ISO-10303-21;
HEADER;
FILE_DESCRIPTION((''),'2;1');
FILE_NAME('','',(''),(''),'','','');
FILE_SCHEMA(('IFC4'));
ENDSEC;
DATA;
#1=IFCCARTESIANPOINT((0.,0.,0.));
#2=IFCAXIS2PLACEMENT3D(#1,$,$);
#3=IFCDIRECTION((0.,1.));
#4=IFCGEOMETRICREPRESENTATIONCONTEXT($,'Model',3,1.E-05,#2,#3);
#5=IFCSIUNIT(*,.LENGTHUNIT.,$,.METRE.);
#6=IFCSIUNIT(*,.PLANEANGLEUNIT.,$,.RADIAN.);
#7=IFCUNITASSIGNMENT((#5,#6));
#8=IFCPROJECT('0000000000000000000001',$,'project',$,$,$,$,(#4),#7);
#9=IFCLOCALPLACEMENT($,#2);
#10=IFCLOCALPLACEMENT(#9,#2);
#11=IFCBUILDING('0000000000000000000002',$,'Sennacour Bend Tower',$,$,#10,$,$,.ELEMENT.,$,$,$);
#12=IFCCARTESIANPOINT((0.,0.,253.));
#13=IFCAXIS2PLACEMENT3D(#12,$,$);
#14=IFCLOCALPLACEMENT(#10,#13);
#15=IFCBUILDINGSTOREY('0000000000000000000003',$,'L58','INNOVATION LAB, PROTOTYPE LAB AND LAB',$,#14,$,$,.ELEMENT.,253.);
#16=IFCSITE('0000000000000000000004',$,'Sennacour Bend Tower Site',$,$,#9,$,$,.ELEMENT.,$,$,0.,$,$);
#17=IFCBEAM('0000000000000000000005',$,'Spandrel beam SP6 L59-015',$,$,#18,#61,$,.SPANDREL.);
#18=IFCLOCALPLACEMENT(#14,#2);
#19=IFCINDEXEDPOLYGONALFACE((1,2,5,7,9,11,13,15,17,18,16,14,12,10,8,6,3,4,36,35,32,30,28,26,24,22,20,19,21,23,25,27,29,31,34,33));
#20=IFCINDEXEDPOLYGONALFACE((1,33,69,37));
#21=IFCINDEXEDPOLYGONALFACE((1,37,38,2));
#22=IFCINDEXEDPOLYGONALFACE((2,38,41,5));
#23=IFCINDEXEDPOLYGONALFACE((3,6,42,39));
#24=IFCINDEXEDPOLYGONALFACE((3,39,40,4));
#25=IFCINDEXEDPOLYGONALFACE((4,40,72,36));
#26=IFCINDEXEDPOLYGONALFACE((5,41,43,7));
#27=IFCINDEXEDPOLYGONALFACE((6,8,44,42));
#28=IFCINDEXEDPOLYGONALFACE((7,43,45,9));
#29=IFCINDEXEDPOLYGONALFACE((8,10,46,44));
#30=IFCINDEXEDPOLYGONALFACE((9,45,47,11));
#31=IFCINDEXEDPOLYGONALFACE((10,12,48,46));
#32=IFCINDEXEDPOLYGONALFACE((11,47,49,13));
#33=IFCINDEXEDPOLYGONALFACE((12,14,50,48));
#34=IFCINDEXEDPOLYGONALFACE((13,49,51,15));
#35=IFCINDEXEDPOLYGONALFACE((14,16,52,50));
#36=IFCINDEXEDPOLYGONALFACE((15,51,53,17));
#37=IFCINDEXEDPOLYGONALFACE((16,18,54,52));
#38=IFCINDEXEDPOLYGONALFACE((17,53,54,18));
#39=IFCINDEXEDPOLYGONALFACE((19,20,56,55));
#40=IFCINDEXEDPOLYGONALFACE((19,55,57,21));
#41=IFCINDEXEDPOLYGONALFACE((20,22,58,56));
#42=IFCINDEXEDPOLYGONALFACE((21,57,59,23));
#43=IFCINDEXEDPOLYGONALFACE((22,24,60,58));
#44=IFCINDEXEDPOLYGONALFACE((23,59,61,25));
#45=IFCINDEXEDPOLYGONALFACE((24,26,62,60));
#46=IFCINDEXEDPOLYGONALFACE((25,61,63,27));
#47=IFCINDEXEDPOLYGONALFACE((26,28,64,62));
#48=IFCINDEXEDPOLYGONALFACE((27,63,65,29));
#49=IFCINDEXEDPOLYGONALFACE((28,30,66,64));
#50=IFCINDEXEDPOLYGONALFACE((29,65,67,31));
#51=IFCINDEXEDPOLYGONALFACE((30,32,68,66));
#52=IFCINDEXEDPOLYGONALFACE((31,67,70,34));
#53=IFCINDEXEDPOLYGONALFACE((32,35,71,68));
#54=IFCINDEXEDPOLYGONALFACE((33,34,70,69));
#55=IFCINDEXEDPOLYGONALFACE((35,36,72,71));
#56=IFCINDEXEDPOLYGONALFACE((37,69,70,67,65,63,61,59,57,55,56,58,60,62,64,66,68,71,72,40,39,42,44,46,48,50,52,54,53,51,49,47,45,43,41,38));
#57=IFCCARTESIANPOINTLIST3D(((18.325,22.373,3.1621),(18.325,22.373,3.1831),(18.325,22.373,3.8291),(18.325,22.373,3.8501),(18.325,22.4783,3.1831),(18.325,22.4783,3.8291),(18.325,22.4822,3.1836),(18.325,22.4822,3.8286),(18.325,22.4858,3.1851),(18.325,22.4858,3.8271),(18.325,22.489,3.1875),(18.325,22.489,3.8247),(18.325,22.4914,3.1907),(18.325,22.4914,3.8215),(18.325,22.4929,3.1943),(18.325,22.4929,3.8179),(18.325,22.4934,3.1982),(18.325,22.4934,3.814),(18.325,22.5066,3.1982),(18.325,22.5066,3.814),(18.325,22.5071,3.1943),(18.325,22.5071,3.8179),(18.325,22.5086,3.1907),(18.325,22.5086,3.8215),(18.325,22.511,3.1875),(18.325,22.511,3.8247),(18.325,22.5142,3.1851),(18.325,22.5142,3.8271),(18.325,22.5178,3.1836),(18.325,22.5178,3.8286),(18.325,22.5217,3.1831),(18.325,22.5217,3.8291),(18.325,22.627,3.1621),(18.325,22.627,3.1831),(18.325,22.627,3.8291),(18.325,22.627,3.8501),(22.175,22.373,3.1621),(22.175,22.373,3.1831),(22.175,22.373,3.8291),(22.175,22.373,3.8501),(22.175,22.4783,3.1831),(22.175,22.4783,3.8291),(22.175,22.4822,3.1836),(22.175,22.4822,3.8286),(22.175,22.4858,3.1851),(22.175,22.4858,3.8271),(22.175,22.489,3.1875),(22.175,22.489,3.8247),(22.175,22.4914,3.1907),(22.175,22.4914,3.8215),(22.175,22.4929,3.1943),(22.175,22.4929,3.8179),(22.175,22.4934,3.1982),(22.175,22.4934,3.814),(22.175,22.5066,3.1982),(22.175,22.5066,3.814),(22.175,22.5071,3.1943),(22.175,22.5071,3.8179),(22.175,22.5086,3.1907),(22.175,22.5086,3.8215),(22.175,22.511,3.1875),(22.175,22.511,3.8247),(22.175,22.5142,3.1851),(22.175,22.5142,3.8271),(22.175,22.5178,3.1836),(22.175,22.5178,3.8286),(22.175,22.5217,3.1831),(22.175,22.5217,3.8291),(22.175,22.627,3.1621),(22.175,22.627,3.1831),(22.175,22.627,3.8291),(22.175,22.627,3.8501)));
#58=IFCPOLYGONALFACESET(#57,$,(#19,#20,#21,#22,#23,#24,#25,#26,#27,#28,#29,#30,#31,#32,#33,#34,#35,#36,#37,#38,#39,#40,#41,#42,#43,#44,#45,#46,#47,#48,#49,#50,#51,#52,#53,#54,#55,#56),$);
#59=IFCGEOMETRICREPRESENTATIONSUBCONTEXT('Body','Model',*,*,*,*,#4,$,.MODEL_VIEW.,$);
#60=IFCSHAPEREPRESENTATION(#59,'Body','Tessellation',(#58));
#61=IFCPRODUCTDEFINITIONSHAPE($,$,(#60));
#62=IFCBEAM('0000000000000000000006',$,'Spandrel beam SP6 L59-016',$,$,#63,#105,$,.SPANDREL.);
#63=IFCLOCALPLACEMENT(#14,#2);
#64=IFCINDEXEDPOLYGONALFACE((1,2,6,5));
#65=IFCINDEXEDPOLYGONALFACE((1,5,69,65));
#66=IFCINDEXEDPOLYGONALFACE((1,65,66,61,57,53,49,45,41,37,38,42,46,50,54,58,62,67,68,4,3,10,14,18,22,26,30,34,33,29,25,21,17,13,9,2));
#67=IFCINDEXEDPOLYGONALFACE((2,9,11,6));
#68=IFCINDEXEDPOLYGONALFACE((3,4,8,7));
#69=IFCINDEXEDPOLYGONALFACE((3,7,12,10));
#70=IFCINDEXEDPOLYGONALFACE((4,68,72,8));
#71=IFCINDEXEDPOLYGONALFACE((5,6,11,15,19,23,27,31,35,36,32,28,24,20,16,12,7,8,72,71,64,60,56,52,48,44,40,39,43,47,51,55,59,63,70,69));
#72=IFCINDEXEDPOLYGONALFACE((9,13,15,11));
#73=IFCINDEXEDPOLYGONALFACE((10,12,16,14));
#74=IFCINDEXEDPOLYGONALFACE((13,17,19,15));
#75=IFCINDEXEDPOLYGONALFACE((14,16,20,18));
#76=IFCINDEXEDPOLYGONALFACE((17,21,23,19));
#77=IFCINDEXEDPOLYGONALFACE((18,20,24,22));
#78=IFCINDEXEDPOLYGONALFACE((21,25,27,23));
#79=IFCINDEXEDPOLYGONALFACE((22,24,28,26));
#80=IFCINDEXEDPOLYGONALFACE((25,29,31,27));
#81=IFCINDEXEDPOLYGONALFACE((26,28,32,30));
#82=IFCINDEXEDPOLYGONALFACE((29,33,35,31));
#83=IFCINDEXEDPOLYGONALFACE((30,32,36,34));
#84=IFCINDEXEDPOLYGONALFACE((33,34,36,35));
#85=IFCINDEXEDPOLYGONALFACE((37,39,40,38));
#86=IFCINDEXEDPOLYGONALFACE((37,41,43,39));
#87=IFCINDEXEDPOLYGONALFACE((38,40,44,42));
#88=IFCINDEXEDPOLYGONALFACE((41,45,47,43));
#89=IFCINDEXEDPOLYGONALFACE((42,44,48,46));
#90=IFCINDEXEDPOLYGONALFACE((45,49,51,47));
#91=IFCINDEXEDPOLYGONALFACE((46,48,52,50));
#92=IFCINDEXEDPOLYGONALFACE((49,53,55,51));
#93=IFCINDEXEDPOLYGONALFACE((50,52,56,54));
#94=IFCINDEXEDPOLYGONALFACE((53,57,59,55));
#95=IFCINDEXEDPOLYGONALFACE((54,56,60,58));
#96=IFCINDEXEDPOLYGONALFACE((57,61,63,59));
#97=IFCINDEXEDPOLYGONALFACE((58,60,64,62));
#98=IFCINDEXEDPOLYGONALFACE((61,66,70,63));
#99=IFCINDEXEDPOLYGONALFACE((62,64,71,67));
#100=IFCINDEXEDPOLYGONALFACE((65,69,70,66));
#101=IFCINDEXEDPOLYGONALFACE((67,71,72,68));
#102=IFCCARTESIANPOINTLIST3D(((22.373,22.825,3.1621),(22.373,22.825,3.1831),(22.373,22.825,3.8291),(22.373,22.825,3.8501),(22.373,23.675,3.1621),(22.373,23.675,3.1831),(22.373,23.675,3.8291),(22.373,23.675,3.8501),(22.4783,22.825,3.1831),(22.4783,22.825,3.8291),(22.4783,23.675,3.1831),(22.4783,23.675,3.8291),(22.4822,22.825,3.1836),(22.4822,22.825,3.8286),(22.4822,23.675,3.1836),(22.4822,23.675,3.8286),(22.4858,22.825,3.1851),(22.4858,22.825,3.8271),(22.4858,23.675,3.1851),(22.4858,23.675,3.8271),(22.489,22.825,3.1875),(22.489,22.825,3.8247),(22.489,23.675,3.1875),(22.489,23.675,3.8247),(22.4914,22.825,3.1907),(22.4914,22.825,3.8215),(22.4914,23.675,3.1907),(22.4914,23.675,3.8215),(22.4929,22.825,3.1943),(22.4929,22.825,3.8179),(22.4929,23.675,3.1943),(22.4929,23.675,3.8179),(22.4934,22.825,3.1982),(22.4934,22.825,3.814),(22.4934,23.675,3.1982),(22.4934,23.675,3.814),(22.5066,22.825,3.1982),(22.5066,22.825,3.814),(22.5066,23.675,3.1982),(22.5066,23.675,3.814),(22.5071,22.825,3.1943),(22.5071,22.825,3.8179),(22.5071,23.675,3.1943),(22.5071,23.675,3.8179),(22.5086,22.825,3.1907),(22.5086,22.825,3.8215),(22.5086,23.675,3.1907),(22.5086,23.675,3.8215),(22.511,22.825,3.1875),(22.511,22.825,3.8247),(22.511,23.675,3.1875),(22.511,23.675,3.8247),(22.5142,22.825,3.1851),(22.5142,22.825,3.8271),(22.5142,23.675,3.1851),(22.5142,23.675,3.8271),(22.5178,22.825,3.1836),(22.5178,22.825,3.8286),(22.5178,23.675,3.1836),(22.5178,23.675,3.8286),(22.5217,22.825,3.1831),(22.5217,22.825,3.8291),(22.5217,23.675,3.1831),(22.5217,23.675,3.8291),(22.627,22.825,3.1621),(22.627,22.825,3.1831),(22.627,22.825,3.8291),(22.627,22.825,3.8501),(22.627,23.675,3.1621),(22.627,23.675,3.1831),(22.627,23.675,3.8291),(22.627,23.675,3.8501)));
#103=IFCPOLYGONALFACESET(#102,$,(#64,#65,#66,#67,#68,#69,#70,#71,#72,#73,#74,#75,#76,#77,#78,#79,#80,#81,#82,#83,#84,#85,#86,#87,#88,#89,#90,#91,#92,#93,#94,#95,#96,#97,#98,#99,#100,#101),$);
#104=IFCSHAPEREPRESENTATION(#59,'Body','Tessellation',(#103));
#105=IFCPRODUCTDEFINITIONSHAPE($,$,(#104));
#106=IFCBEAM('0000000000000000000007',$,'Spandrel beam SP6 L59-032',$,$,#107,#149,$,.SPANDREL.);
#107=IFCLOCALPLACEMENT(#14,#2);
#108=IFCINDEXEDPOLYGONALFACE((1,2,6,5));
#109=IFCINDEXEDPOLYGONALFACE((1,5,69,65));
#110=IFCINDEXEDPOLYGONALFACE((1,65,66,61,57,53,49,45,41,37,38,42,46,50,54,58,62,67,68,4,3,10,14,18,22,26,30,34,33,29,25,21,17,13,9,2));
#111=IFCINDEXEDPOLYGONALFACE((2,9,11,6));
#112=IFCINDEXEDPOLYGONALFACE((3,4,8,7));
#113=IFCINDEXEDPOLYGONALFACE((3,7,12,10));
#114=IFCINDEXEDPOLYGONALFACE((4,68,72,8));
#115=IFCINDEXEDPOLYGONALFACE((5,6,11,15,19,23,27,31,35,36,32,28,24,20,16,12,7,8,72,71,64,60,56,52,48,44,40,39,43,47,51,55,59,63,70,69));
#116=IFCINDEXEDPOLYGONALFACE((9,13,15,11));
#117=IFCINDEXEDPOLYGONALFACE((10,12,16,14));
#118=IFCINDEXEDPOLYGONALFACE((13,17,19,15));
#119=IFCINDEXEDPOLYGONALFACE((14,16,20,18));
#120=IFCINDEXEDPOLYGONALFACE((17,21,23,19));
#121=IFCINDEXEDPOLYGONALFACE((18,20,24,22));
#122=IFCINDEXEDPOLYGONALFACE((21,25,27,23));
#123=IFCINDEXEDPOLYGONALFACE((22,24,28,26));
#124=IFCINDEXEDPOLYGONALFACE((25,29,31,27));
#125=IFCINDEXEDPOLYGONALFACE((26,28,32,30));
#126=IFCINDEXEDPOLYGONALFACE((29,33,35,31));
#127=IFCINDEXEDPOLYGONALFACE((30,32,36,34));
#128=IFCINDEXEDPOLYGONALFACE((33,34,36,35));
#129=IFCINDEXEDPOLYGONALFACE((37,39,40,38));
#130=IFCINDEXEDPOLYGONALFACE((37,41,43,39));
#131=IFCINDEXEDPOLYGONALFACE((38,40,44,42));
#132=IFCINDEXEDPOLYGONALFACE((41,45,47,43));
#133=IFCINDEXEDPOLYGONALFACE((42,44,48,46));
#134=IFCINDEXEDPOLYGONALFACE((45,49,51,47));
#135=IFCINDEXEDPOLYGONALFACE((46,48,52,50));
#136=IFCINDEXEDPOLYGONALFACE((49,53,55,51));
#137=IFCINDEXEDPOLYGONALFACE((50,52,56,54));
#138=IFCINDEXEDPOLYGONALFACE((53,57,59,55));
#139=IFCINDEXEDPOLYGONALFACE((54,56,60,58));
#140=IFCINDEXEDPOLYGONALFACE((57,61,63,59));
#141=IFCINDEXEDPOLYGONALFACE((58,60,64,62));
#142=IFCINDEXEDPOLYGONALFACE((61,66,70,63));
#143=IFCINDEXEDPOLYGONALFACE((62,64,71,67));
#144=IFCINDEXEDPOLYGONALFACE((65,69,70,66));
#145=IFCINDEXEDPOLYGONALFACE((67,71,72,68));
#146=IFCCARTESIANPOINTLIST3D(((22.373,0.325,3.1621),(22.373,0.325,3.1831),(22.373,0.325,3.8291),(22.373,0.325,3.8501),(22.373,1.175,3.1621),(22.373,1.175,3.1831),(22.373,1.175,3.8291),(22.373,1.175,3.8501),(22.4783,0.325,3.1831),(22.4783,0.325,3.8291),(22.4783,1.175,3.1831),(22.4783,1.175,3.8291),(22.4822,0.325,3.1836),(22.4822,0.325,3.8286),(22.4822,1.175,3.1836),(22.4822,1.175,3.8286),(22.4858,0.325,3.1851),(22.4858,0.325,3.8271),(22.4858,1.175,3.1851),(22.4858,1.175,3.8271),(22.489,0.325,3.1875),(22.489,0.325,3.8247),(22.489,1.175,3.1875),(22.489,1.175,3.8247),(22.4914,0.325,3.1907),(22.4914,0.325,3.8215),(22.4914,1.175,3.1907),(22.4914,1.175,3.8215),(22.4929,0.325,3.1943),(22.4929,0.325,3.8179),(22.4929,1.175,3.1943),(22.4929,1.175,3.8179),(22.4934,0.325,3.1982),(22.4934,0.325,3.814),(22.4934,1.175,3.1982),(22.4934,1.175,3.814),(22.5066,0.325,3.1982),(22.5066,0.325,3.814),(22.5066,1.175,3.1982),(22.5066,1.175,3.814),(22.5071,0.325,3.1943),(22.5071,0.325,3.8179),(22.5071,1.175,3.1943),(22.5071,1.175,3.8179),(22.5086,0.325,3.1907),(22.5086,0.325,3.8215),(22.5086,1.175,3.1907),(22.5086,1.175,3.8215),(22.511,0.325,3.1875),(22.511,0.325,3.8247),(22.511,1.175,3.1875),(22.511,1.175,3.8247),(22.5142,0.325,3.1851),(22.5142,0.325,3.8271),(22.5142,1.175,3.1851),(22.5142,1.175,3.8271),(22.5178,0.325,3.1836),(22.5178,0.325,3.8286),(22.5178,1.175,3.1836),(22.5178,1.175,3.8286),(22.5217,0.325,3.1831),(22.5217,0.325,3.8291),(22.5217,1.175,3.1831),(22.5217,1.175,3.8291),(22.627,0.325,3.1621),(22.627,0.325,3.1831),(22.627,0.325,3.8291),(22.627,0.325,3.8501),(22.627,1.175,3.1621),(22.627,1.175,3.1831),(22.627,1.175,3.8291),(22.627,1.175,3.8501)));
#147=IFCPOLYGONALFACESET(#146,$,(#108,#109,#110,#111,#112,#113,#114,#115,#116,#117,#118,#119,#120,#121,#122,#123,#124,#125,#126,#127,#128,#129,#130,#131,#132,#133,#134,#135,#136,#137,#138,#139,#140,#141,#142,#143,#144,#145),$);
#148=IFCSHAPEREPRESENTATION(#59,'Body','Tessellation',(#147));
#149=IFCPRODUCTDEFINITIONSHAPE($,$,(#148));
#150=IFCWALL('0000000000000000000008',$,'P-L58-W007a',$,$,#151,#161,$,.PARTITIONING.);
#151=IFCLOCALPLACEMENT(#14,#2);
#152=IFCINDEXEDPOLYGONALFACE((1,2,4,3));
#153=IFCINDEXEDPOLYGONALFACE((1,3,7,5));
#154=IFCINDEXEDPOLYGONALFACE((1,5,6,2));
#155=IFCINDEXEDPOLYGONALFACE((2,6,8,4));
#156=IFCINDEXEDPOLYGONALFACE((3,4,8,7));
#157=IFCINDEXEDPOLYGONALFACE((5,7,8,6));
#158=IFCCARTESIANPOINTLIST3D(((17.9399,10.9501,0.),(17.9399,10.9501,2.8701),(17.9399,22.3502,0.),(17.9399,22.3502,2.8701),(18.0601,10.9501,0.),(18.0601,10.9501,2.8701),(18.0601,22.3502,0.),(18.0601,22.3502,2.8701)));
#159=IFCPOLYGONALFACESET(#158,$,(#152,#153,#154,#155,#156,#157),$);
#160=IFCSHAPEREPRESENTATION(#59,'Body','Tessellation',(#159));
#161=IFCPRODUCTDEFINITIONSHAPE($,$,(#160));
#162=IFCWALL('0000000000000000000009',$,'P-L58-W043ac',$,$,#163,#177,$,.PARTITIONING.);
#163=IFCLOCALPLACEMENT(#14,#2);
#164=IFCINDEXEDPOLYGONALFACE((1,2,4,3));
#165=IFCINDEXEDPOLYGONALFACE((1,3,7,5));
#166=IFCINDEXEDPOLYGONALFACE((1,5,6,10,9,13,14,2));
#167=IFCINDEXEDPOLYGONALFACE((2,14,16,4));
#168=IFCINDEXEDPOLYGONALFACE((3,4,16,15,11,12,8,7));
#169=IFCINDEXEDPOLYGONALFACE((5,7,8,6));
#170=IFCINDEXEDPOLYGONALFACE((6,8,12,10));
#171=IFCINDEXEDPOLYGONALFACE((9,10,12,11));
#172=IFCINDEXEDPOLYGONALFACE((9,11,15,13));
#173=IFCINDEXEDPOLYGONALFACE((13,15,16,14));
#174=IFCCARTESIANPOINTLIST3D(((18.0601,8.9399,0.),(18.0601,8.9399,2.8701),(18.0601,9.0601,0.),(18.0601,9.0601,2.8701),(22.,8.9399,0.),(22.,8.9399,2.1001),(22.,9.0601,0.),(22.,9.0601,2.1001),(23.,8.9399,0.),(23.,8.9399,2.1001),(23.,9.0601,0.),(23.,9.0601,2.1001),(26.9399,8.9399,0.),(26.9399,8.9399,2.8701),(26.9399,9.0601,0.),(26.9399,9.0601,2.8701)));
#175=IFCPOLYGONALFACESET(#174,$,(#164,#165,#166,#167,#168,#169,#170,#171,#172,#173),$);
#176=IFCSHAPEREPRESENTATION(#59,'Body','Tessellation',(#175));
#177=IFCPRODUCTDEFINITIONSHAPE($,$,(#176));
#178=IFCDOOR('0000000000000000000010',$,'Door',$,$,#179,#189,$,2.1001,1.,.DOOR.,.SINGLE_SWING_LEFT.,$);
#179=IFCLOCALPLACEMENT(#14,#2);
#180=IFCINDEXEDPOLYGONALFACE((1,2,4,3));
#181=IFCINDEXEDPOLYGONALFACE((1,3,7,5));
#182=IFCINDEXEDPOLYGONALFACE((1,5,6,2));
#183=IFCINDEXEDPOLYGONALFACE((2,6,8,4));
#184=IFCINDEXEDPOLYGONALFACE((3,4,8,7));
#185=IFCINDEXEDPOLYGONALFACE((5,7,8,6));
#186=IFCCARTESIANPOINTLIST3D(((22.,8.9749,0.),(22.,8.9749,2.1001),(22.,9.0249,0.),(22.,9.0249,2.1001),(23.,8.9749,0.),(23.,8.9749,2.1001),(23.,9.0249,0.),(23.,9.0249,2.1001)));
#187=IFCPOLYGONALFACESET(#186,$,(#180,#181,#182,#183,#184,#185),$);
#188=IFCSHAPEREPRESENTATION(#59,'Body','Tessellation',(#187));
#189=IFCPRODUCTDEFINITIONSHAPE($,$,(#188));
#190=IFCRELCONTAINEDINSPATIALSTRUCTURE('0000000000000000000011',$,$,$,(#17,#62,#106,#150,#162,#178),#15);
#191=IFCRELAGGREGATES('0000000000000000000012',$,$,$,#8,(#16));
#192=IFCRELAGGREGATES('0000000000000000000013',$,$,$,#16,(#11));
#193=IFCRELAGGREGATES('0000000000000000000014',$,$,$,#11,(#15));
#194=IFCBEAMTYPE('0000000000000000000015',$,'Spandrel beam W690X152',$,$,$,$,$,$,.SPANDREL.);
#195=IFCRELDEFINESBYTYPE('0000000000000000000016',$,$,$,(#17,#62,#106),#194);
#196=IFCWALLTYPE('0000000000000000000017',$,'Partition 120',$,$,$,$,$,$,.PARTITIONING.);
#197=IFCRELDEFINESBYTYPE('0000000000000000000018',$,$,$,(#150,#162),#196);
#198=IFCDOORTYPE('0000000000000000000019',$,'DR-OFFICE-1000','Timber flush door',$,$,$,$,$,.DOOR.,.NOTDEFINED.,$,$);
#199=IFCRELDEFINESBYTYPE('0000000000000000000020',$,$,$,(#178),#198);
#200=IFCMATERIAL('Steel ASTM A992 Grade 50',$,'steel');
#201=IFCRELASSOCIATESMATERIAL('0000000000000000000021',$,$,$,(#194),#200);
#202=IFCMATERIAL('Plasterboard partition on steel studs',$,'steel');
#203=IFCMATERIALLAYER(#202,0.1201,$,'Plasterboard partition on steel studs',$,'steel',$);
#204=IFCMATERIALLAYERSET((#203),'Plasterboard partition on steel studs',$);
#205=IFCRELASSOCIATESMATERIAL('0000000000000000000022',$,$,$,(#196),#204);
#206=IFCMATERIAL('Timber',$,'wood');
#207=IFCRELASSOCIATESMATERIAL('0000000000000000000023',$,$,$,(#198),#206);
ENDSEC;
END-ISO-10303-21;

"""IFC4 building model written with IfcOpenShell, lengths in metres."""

from ifc_helpers import new_model, si_unit, direction, frame, frame_2d, origin, origin_2d, place, context, subcontext, project, spatial, rectangle, i_section, extrude, material, layer, layer_set, material_profile, profile_set, type_object, element, fill, save


model = new_model("IFC4")

# Units and contexts
model_context = context("Model", 3, precision=1e-05, world=origin(), true_north=direction((0.0, 1.0)))
body_context = subcontext(model_context, "Body", "Model", "MODEL_VIEW")
ifc_project = project(units=[si_unit("LENGTHUNIT", "METRE"), si_unit("PLANEANGLEUNIT", "RADIAN")], contexts=[model_context])

# Site, building, storey
site_placement = place(None, origin())
site = spatial("IfcSite", under=ifc_project, at=site_placement, Name="Sennacour Bend Tower Site", CompositionType="ELEMENT", RefElevation=0.0)
building_placement = place(site_placement, origin())
building = spatial("IfcBuilding", under=site, at=building_placement, Name="Sennacour Bend Tower", CompositionType="ELEMENT")
storey_placement = place(building_placement, frame((0.0, 0.0, 253.0)))
storey = spatial("IfcBuildingStorey", under=building, at=storey_placement, Name="L58", Description="INNOVATION LAB, PROTOTYPE LAB AND LAB", CompositionType="ELEMENT", Elevation=253.0)

# Beams
ifc_material_1 = material(Name="Steel ASTM A992 Grade 50", Category="steel")
ifc_material_profile_1 = material_profile(ifc_material_1, i_section(OverallWidth=0.2539, OverallDepth=0.688, WebThickness=0.0132, FlangeThickness=0.021, FilletRadius=0.0151, at=origin_2d()), Name="Steel ASTM A992 Grade 50", Category="steel")
ifc_profile_set_1 = profile_set([ifc_material_profile_1], Name="Steel ASTM A992 Grade 50")
beam_type = type_object("IfcBeamType", Name="Spandrel beam W690X152", PredefinedType="SPANDREL", material=ifc_profile_set_1)
for number, where, z_axis, x_axis, name in (
    (1, (18.325, 22.5, 3.5061), (1.0, 0.0, 0.0), (0.0, 1.0, 0.0), "Spandrel beam SP6 L59-015"),
):
    element("IfcBeam", number, at=place(storey_placement, frame(where, z_axis=z_axis, x_axis=x_axis)), inside=storey, type_object=beam_type, Name=name, PredefinedType="SPANDREL", context=body_context, shape_type="SweptSolid", body=[
        extrude(i_section(OverallWidth=0.2539, OverallDepth=0.688, WebThickness=0.0132, FlangeThickness=0.021, FilletRadius=0.0151, at=origin_2d()), origin(), (0.0, 0.0, 1.0), 3.8501),
    ])
for number, where, z_axis, x_axis, name in (
    (2, (22.5, 22.825, 3.5061), (0.0, 1.0, 0.0), (-1.0, 0.0, 0.0), "Spandrel beam SP6 L59-016"),
    (3, (22.5, 1.175, 3.5061), (0.0, -1.0, 0.0), (1.0, 0.0, 0.0), "Spandrel beam SP6 L59-032"),
):
    element("IfcBeam", number, at=place(storey_placement, frame(where, z_axis=z_axis, x_axis=x_axis)), inside=storey, type_object=beam_type, Name=name, PredefinedType="SPANDREL", context=body_context, shape_type="SweptSolid", body=[
        extrude(i_section(OverallWidth=0.2539, OverallDepth=0.688, WebThickness=0.0132, FlangeThickness=0.021, FilletRadius=0.0151, at=origin_2d()), origin(), (0.0, 0.0, 1.0), 0.8501),
    ])

# Wall
ifc_material_2 = material(Name="Plasterboard partition on steel studs", Category="steel")
ifc_layer_1 = layer(ifc_material_2, 0.1201, Name="Plasterboard partition on steel studs", Category="steel")
ifc_layer_set_1 = layer_set([ifc_layer_1], Name="Plasterboard partition on steel studs")
wall_type_1 = type_object("IfcWallType", Name="Partition 120", PredefinedType="PARTITIONING", material=ifc_layer_set_1)
wall_1_placement = place(storey_placement, frame((18.0, 10.95, 0.0), z_axis=(0.0, 0.0, 1.0), x_axis=(0.0, 1.0, 0.0)))
element("IfcWall", 4, at=wall_1_placement, inside=storey, type_object=wall_type_1, Name="P-L58-W007a", PredefinedType="PARTITIONING", context=body_context, shape_type="SweptSolid", body=[
    extrude(rectangle(XDim=11.4001, YDim=0.1201, at=frame_2d((5.7002, 0.0))), origin(), (0.0, 0.0, 1.0), 2.8701),
])

# Wall, opening, door
wall_2_placement = place(storey_placement, frame((18.0601, 9.0, 0.0), z_axis=(0.0, 0.0, 1.0), x_axis=(1.0, 0.0, 0.0)))
wall_2 = element("IfcWall", 5, at=wall_2_placement, inside=storey, type_object=wall_type_1, Name="P-L58-W043ac", PredefinedType="PARTITIONING", context=body_context, shape_type="SweptSolid", body=[
    extrude(rectangle(XDim=8.8799, YDim=0.1201, at=frame_2d((4.4399, 0.0))), origin(), (0.0, 0.0, 1.0), 2.8701),
])
opening_1_placement = place(wall_2_placement, frame((3.9399, 0.0, 0.0)))
opening_1 = element("IfcOpeningElement", 6, at=opening_1_placement, cuts=wall_2, PredefinedType="OPENING", context=body_context, shape_type="SweptSolid", body=[
    extrude(rectangle(XDim=1.0, YDim=2.1001, at=frame_2d((0.5, 1.05))), frame((0.0, 0.0701, 0.0), z_axis=(0.0, -1.0, 0.0), x_axis=(1.0, 0.0, 0.0)), (0.0, 0.0, 1.0), 0.1401),
])
ifc_material_3 = material(Name="Timber", Category="wood")
door_type = type_object("IfcDoorType", Name="DR-OFFICE-1000", Description="Timber flush door", OperationType="NOTDEFINED", PredefinedType="DOOR", material=ifc_material_3)
door_1_placement = place(opening_1_placement, origin())
door_1 = element("IfcDoor", 7, at=door_1_placement, inside=storey, type_object=door_type, Name="Door", OperationType="SINGLE_SWING_LEFT", OverallHeight=2.1001, OverallWidth=1.0, PredefinedType="DOOR", context=body_context, shape_type="SweptSolid", body=[
    extrude(rectangle(XDim=1.0, YDim=2.1001, at=frame_2d((0.5, 1.05))), frame((0.0, 0.0249, 0.0), z_axis=(0.0, -1.0, 0.0), x_axis=(1.0, 0.0, 0.0)), (0.0, 0.0, 1.0), 0.05),
])
fill(opening_1, door_1)

save(model, "model.ifc")
